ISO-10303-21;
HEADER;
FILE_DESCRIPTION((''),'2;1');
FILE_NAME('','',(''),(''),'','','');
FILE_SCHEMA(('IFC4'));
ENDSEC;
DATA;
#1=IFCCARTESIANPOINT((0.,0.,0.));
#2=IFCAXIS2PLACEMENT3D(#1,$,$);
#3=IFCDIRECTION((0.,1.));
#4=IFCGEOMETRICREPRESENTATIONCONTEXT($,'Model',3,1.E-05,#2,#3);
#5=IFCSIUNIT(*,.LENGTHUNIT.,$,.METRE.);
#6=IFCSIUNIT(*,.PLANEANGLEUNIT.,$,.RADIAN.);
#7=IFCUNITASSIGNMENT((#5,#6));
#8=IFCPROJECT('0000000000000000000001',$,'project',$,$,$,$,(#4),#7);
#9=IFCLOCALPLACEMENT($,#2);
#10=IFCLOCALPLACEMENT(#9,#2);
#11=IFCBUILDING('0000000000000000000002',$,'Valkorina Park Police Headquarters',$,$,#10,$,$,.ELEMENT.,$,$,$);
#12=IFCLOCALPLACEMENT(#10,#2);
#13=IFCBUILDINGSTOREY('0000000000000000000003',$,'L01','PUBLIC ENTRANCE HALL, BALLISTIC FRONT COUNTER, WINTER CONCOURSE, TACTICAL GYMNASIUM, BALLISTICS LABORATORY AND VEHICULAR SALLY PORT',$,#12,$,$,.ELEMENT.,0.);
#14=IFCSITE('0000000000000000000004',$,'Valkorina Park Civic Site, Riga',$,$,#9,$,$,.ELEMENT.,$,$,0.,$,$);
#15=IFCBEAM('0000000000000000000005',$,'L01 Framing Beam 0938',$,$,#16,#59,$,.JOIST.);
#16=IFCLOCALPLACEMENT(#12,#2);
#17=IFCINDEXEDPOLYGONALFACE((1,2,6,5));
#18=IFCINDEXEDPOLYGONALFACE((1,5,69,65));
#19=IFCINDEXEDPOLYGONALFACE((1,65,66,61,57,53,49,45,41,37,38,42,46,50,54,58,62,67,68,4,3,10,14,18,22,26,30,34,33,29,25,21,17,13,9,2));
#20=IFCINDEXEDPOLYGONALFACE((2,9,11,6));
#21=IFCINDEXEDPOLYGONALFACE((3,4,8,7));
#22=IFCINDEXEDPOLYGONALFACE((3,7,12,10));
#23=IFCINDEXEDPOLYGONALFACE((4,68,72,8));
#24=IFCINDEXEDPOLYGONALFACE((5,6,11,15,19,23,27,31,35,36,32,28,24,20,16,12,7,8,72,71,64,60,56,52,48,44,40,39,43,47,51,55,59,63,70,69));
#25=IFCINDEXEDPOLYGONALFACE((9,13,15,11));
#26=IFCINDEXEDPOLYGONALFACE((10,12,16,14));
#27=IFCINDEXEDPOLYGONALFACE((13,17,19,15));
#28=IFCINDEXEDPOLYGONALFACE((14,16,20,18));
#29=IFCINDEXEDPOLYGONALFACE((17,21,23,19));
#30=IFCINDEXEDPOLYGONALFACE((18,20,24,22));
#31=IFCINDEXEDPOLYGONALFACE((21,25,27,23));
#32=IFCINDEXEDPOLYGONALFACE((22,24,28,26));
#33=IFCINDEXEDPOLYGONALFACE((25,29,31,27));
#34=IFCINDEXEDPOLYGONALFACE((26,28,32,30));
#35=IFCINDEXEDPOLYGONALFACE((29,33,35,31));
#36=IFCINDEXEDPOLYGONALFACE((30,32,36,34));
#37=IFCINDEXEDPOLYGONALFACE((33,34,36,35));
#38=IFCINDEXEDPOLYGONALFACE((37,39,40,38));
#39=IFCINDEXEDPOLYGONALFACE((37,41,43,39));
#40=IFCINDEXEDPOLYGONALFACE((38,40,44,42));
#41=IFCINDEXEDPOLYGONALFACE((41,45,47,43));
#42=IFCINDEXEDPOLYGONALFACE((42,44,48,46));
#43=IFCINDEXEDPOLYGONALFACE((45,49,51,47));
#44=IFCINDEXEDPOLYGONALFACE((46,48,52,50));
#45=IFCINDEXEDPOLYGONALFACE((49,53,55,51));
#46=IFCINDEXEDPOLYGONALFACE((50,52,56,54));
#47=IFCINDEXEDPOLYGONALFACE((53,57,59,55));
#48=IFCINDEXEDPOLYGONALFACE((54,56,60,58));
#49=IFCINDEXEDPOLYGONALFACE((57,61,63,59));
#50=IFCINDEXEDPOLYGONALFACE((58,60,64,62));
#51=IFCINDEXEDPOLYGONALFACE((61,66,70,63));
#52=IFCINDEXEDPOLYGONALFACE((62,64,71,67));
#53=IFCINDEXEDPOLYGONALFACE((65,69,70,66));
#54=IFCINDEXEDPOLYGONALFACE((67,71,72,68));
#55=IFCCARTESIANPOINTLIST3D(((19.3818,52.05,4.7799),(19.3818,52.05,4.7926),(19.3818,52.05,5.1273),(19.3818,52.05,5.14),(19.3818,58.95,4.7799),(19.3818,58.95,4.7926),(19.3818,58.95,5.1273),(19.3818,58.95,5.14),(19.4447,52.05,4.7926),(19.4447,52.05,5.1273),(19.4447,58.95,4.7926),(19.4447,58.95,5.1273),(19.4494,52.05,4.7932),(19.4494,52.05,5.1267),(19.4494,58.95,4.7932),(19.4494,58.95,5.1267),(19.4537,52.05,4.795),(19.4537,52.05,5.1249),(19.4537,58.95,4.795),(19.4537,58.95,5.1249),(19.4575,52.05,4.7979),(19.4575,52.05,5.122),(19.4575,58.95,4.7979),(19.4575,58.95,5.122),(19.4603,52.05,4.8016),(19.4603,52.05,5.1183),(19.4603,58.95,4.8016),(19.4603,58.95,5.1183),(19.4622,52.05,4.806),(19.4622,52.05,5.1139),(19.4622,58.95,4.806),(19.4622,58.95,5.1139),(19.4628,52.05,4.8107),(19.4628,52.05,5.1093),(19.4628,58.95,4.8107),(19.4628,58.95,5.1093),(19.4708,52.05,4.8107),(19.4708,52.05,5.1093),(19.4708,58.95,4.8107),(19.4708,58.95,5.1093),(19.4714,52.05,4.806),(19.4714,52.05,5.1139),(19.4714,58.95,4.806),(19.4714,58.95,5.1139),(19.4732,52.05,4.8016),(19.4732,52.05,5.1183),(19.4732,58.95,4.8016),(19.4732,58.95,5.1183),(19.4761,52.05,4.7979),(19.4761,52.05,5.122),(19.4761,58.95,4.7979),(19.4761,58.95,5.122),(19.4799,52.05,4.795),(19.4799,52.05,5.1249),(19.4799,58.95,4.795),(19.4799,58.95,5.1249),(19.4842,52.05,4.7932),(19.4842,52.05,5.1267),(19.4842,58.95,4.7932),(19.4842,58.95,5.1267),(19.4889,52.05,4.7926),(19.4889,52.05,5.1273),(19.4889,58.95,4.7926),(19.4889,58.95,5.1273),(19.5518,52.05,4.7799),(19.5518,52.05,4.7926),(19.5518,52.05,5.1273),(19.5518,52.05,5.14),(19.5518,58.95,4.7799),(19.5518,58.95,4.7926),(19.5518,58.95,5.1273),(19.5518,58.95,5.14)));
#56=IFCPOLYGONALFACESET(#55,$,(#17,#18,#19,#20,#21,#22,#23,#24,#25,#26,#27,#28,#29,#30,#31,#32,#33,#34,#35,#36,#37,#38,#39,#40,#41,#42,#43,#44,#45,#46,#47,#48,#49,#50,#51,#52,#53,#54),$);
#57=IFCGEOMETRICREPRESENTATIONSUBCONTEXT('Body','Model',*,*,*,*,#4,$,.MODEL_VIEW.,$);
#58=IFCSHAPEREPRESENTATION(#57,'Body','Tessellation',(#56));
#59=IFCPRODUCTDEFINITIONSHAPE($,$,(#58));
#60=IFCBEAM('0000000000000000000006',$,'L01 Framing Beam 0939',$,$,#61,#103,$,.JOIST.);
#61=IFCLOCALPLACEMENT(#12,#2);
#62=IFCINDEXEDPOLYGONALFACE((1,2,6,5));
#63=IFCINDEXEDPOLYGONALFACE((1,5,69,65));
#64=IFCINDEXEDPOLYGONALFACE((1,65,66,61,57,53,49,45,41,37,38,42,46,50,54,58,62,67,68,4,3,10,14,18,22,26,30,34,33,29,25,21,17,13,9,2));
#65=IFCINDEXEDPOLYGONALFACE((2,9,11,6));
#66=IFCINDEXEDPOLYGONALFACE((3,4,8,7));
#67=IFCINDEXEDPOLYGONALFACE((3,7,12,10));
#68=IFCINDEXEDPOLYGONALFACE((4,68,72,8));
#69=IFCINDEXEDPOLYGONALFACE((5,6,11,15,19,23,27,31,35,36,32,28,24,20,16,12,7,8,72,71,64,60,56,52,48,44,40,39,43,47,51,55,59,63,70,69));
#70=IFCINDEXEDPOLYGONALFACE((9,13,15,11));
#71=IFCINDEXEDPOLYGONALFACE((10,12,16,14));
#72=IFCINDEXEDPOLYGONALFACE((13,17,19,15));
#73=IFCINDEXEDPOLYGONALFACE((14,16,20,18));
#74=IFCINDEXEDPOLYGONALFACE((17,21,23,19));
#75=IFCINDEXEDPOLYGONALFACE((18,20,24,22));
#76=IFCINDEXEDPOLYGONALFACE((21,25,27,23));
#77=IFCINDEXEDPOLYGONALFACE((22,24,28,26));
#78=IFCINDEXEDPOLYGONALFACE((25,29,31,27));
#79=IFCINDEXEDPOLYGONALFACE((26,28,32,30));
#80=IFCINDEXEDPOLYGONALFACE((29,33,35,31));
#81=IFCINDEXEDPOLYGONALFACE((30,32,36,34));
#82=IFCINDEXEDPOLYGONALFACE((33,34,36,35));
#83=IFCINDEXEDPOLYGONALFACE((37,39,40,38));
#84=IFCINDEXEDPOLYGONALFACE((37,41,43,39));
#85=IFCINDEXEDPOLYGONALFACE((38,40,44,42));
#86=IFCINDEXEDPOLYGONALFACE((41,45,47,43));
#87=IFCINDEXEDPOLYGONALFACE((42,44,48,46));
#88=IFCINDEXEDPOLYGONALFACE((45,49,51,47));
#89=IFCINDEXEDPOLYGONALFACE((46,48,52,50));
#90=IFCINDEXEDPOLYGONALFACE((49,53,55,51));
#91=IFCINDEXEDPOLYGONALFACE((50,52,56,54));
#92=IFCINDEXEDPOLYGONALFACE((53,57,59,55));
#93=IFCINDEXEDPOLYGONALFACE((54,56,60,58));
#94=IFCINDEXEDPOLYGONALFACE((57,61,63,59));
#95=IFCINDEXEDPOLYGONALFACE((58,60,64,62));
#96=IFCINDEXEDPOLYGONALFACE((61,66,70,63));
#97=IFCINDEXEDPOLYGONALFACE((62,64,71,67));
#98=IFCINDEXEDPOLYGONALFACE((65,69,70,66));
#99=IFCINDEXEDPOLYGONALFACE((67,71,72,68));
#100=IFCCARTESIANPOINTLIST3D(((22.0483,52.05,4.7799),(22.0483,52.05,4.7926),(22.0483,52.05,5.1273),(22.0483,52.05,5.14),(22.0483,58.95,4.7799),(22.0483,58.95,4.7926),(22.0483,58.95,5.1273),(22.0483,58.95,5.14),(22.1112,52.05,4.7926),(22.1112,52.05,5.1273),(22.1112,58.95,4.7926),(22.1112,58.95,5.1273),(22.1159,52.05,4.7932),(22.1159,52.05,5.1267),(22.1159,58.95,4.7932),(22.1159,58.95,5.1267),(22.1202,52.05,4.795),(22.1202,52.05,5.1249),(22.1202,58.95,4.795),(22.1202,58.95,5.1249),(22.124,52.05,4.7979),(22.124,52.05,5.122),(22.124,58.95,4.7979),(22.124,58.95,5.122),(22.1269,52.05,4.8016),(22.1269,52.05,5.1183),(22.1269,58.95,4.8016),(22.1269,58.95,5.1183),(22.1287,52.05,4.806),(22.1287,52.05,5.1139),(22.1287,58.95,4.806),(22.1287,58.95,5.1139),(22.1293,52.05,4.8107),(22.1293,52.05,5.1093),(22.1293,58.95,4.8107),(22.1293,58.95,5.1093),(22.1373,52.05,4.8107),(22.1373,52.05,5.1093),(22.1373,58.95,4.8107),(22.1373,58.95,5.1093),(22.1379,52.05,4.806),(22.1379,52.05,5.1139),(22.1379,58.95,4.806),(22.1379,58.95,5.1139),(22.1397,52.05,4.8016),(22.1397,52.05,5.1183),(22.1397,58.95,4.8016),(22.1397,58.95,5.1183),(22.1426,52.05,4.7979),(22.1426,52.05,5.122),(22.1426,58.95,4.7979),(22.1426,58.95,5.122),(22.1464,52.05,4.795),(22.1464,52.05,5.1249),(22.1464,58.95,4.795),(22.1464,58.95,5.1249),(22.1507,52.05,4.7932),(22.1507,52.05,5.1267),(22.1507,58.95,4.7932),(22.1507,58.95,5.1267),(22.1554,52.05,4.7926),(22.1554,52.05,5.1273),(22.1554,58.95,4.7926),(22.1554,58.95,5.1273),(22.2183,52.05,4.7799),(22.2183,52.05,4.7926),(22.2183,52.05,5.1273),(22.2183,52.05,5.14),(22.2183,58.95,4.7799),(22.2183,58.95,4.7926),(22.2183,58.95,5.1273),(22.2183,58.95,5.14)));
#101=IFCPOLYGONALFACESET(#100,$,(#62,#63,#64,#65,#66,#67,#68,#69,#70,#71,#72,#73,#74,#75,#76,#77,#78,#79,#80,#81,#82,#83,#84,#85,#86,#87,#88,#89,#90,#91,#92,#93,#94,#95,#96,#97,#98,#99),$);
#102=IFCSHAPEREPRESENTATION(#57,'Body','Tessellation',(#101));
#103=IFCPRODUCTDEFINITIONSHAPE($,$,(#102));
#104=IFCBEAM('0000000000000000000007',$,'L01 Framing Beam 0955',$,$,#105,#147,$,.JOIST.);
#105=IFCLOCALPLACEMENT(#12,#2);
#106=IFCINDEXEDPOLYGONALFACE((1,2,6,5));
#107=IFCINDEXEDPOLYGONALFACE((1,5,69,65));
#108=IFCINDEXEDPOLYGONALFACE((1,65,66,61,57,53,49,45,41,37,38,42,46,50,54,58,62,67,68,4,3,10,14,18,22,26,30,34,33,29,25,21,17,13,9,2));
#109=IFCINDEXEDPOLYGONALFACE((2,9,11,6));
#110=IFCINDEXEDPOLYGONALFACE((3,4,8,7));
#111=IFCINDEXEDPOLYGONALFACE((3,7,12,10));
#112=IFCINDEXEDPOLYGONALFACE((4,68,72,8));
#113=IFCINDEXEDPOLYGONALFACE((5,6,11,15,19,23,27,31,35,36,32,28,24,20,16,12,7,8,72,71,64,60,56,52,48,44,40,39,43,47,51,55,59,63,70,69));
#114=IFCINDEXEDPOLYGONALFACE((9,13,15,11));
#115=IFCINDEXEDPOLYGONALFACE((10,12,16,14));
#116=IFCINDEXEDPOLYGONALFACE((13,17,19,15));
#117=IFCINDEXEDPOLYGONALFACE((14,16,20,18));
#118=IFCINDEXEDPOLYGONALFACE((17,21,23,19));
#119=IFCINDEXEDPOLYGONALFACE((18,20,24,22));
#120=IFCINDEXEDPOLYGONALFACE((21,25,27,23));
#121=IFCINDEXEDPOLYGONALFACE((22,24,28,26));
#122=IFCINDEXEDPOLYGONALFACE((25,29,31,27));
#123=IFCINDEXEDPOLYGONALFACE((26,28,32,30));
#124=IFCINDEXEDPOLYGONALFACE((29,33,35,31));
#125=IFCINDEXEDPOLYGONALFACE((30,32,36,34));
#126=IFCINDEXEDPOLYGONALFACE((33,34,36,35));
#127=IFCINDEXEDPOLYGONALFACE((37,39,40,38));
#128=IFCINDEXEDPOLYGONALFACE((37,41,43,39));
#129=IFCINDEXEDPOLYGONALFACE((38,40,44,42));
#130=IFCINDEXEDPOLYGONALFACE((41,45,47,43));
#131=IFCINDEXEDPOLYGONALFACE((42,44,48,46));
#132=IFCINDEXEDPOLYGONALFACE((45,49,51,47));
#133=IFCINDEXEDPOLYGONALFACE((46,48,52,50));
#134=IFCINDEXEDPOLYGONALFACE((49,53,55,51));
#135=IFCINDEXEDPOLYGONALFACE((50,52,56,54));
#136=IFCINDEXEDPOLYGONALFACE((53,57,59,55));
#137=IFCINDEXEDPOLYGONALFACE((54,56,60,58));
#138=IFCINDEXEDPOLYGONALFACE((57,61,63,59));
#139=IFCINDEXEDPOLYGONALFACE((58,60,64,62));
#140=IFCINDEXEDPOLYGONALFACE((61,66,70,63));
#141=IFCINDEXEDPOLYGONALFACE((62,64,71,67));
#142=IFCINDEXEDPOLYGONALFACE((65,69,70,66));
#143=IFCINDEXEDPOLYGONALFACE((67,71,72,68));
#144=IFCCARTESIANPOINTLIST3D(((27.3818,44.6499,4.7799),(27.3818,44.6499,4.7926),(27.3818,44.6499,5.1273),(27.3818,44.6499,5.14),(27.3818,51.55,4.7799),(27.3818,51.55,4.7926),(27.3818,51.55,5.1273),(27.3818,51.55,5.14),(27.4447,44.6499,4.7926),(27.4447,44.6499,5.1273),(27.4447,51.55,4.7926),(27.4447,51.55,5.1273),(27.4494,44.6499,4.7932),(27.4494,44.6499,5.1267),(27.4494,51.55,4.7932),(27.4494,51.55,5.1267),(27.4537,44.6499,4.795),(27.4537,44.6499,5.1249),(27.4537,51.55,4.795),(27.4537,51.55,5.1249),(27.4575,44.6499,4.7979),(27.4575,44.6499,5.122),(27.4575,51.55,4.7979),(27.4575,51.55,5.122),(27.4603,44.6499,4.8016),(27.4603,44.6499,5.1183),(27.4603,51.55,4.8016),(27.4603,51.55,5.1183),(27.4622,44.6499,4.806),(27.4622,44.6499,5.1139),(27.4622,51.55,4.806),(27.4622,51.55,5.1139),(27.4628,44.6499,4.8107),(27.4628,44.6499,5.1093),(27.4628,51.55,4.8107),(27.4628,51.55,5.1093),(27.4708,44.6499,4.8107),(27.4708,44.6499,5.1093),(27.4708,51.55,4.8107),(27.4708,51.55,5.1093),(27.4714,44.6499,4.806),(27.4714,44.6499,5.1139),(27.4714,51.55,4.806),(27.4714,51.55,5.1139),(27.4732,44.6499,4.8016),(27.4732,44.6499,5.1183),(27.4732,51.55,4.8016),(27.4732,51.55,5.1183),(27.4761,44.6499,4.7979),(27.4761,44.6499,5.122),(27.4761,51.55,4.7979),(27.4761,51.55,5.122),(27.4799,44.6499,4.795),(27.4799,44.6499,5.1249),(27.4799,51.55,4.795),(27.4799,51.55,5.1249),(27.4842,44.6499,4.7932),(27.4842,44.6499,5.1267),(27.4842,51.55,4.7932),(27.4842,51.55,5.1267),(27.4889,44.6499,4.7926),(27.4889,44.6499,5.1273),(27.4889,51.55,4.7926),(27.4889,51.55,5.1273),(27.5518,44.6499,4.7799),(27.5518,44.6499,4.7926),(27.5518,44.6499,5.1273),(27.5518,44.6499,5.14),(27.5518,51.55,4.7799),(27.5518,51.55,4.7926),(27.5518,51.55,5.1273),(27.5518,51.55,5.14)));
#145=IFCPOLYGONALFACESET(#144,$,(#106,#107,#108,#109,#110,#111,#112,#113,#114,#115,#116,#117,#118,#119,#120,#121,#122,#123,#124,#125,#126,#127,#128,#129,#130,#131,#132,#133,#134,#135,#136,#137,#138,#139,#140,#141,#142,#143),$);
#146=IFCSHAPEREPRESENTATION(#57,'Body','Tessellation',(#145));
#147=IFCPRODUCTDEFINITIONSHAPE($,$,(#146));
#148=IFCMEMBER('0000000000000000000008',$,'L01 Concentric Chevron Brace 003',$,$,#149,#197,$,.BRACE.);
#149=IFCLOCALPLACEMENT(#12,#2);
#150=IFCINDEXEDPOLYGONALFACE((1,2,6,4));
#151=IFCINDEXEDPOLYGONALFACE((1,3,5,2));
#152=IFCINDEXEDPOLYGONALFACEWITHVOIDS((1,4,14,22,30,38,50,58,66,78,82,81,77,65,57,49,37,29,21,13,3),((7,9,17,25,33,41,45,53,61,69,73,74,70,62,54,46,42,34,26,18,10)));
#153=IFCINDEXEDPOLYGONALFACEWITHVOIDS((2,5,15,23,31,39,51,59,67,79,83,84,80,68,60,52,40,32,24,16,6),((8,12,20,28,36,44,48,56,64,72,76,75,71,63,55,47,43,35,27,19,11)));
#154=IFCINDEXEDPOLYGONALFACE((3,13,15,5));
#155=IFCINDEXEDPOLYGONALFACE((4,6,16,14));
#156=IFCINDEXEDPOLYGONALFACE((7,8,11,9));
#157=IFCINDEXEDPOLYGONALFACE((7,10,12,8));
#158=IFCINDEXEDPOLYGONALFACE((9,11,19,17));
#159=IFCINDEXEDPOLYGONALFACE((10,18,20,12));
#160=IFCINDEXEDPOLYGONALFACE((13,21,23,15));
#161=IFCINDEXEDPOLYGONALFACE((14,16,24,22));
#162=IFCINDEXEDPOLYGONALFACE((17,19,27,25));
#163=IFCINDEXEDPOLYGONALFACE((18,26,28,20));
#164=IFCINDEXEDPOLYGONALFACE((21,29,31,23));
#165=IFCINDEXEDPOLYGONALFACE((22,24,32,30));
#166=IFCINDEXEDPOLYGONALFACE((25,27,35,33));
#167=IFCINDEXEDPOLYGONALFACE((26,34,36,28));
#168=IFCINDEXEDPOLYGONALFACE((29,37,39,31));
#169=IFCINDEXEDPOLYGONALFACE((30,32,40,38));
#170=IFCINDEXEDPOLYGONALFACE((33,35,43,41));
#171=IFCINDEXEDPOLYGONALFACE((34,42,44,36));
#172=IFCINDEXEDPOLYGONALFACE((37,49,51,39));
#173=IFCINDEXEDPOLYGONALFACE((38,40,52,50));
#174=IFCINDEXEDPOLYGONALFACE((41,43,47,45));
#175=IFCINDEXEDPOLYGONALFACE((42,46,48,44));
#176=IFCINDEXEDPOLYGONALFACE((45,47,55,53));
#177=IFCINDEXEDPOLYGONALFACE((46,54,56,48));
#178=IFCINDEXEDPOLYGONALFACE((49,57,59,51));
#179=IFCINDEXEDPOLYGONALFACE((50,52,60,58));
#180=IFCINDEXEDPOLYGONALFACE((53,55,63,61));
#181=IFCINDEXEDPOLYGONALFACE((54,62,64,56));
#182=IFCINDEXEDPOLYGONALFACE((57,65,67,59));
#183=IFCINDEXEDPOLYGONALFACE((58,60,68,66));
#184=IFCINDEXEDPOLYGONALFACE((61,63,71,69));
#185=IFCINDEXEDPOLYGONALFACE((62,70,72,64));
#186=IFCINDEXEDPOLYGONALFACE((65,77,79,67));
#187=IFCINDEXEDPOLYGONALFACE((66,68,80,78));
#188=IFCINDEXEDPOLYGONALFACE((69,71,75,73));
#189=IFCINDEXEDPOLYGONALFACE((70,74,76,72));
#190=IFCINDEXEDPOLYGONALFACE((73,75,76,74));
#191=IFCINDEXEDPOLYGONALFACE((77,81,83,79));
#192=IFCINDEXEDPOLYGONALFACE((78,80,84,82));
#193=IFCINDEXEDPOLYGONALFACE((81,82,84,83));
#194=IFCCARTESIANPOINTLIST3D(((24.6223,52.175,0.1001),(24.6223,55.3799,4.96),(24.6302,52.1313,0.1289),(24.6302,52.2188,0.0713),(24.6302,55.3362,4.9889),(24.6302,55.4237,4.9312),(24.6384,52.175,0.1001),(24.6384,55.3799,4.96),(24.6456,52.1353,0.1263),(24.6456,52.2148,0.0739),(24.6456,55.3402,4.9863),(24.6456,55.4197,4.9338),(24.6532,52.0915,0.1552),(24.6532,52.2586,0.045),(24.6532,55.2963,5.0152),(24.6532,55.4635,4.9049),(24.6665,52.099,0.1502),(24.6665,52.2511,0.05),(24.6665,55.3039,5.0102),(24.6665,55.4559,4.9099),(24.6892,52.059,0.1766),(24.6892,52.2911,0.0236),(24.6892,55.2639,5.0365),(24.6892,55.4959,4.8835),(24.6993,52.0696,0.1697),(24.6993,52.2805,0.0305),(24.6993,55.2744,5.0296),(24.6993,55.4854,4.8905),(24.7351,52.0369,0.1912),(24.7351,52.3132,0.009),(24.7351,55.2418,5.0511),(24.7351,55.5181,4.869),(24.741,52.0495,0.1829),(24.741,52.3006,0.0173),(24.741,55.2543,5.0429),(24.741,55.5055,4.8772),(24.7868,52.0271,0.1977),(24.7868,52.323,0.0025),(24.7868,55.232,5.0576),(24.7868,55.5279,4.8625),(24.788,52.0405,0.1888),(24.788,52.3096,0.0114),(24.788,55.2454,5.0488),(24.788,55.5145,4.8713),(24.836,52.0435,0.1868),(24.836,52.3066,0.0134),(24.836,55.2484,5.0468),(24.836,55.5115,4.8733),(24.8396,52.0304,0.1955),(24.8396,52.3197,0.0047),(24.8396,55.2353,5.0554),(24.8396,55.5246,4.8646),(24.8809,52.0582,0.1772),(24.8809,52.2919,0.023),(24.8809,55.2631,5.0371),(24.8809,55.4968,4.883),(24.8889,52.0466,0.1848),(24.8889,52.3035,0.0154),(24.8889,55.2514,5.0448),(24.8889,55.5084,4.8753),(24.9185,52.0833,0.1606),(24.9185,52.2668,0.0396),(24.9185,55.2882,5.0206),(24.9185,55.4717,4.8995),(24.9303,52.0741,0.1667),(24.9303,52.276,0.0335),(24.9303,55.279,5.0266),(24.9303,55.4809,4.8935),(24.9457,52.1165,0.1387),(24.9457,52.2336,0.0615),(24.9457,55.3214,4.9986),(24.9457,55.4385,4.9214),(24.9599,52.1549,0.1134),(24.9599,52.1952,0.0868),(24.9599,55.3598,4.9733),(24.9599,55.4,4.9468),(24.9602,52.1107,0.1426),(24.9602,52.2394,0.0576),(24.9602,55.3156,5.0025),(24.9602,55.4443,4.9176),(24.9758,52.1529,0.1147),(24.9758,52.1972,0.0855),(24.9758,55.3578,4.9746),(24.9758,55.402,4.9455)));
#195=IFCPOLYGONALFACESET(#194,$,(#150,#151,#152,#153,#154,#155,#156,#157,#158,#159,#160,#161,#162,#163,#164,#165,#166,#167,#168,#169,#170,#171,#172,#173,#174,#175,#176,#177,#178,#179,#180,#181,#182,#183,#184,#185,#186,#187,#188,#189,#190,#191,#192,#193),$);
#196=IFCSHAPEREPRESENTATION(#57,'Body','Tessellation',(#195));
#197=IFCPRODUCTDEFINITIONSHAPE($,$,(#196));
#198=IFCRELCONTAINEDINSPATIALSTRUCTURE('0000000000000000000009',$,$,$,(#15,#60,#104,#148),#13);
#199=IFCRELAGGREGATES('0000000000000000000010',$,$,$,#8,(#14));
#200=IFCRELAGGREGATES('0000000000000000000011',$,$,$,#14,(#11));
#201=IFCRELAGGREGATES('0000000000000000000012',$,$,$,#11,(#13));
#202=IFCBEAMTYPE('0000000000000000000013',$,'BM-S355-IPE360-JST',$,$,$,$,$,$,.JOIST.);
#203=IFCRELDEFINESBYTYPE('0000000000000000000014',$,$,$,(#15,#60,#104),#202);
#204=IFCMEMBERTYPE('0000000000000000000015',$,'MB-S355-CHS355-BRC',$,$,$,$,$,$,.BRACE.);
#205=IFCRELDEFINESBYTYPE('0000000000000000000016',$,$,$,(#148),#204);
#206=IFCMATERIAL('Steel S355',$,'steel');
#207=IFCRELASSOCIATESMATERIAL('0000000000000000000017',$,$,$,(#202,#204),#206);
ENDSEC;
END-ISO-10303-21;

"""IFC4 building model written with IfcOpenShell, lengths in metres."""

from ifc_helpers import new_model, si_unit, direction, frame, origin, origin_2d, place, context, subcontext, project, spatial, hollow_circle, i_section, extrude, material, material_profile, profile_set, type_object, element, save


model = new_model("IFC4")

# Units and contexts
model_context = context("Model", 3, precision=1e-05, world=origin(), true_north=direction((0.0, 1.0)))
body_context = subcontext(model_context, "Body", "Model", "MODEL_VIEW")
ifc_project = project(units=[si_unit("LENGTHUNIT", "METRE"), si_unit("PLANEANGLEUNIT", "RADIAN")], contexts=[model_context])

# Site, building, storey
site_placement = place(None, origin())
site = spatial("IfcSite", under=ifc_project, at=site_placement, Name="Valkorina Park Civic Site, Riga", CompositionType="ELEMENT", RefElevation=0.0)
building_placement = place(site_placement, origin())
building = spatial("IfcBuilding", under=site, at=building_placement, Name="Valkorina Park Police Headquarters", CompositionType="ELEMENT")
storey_placement = place(building_placement, origin())
storey = spatial("IfcBuildingStorey", under=building, at=storey_placement, Name="L01", Description="PUBLIC ENTRANCE HALL, BALLISTIC FRONT COUNTER, WINTER CONCOURSE, TACTICAL GYMNASIUM, BALLISTICS LABORATORY AND VEHICULAR SALLY PORT", CompositionType="ELEMENT", Elevation=0.0)

# Beams
ifc_material_1 = material(Name="Steel S355", Category="steel")
ifc_material_profile_1 = material_profile(ifc_material_1, i_section(OverallWidth=0.1699, OverallDepth=0.3601, WebThickness=0.0081, FlangeThickness=0.0127, FilletRadius=0.0181, at=origin_2d()), Name="IPE 360")
ifc_profile_set_1 = profile_set([ifc_material_profile_1], Name="Steel S355")
beam_type_1 = type_object("IfcBeamType", Name="BM-S355-IPE360-JST", PredefinedType="JOIST", material=ifc_profile_set_1)
for number, where, z_axis, x_axis, name in (
    (1, (19.4668, 52.05, 4.96), (0.0, 1.0, 0.0), (-1.0, 0.0, 0.0), "L01 Framing Beam 0938"),
    (2, (22.1333, 52.05, 4.96), (0.0, 1.0, 0.0), (-1.0, 0.0, 0.0), "L01 Framing Beam 0939"),
):
    element("IfcBeam", number, at=place(storey_placement, frame(where, z_axis=z_axis, x_axis=x_axis)), inside=storey, type_object=beam_type_1, Name=name, PredefinedType="JOIST", context=body_context, shape_type="SweptSolid", body=[
        extrude(i_section(OverallWidth=0.1699, OverallDepth=0.3601, WebThickness=0.0081, FlangeThickness=0.0127, FilletRadius=0.0181, at=origin_2d()), origin(), (0.0, 0.0, 1.0), 6.8999),
    ])
beam_1_placement = place(storey_placement, frame((27.4668, 44.6499, 4.96), z_axis=(0.0, 1.0, 0.0), x_axis=(-1.0, 0.0, 0.0)))
element("IfcBeam", 3, at=beam_1_placement, inside=storey, type_object=beam_type_1, Name="L01 Framing Beam 0955", PredefinedType="JOIST", context=body_context, shape_type="SweptSolid", body=[
    extrude(i_section(OverallWidth=0.1699, OverallDepth=0.3601, WebThickness=0.0081, FlangeThickness=0.0127, FilletRadius=0.0181, at=origin_2d()), origin(), (0.0, 0.0, 1.0), 6.9001),
])

# Member
ifc_material_profile_2 = material_profile(ifc_material_1, hollow_circle(Radius=0.1777, WallThickness=0.0161, at=origin_2d()), Name="CHS 355.6x16")
ifc_profile_set_2 = profile_set([ifc_material_profile_2], Name="Steel S355")
member_type = type_object("IfcMemberType", Name="MB-S355-CHS355-BRC", PredefinedType="BRACE", material=ifc_profile_set_2)
member_placement = place(storey_placement, frame((24.8, 52.175, 0.1001), z_axis=(0.0, 0.550522, 0.834821), x_axis=(-1.0, 0.0, 0.0)))
element("IfcMember", 4, at=member_placement, inside=storey, type_object=member_type, Name="L01 Concentric Chevron Brace 003", PredefinedType="BRACE", context=body_context, shape_type="SweptSolid", body=[
    extrude(hollow_circle(Radius=0.1777, WallThickness=0.0161, at=origin_2d()), origin(), (0.0, 0.0, 1.0), 5.8215),
])

save(model, "model.ifc")
